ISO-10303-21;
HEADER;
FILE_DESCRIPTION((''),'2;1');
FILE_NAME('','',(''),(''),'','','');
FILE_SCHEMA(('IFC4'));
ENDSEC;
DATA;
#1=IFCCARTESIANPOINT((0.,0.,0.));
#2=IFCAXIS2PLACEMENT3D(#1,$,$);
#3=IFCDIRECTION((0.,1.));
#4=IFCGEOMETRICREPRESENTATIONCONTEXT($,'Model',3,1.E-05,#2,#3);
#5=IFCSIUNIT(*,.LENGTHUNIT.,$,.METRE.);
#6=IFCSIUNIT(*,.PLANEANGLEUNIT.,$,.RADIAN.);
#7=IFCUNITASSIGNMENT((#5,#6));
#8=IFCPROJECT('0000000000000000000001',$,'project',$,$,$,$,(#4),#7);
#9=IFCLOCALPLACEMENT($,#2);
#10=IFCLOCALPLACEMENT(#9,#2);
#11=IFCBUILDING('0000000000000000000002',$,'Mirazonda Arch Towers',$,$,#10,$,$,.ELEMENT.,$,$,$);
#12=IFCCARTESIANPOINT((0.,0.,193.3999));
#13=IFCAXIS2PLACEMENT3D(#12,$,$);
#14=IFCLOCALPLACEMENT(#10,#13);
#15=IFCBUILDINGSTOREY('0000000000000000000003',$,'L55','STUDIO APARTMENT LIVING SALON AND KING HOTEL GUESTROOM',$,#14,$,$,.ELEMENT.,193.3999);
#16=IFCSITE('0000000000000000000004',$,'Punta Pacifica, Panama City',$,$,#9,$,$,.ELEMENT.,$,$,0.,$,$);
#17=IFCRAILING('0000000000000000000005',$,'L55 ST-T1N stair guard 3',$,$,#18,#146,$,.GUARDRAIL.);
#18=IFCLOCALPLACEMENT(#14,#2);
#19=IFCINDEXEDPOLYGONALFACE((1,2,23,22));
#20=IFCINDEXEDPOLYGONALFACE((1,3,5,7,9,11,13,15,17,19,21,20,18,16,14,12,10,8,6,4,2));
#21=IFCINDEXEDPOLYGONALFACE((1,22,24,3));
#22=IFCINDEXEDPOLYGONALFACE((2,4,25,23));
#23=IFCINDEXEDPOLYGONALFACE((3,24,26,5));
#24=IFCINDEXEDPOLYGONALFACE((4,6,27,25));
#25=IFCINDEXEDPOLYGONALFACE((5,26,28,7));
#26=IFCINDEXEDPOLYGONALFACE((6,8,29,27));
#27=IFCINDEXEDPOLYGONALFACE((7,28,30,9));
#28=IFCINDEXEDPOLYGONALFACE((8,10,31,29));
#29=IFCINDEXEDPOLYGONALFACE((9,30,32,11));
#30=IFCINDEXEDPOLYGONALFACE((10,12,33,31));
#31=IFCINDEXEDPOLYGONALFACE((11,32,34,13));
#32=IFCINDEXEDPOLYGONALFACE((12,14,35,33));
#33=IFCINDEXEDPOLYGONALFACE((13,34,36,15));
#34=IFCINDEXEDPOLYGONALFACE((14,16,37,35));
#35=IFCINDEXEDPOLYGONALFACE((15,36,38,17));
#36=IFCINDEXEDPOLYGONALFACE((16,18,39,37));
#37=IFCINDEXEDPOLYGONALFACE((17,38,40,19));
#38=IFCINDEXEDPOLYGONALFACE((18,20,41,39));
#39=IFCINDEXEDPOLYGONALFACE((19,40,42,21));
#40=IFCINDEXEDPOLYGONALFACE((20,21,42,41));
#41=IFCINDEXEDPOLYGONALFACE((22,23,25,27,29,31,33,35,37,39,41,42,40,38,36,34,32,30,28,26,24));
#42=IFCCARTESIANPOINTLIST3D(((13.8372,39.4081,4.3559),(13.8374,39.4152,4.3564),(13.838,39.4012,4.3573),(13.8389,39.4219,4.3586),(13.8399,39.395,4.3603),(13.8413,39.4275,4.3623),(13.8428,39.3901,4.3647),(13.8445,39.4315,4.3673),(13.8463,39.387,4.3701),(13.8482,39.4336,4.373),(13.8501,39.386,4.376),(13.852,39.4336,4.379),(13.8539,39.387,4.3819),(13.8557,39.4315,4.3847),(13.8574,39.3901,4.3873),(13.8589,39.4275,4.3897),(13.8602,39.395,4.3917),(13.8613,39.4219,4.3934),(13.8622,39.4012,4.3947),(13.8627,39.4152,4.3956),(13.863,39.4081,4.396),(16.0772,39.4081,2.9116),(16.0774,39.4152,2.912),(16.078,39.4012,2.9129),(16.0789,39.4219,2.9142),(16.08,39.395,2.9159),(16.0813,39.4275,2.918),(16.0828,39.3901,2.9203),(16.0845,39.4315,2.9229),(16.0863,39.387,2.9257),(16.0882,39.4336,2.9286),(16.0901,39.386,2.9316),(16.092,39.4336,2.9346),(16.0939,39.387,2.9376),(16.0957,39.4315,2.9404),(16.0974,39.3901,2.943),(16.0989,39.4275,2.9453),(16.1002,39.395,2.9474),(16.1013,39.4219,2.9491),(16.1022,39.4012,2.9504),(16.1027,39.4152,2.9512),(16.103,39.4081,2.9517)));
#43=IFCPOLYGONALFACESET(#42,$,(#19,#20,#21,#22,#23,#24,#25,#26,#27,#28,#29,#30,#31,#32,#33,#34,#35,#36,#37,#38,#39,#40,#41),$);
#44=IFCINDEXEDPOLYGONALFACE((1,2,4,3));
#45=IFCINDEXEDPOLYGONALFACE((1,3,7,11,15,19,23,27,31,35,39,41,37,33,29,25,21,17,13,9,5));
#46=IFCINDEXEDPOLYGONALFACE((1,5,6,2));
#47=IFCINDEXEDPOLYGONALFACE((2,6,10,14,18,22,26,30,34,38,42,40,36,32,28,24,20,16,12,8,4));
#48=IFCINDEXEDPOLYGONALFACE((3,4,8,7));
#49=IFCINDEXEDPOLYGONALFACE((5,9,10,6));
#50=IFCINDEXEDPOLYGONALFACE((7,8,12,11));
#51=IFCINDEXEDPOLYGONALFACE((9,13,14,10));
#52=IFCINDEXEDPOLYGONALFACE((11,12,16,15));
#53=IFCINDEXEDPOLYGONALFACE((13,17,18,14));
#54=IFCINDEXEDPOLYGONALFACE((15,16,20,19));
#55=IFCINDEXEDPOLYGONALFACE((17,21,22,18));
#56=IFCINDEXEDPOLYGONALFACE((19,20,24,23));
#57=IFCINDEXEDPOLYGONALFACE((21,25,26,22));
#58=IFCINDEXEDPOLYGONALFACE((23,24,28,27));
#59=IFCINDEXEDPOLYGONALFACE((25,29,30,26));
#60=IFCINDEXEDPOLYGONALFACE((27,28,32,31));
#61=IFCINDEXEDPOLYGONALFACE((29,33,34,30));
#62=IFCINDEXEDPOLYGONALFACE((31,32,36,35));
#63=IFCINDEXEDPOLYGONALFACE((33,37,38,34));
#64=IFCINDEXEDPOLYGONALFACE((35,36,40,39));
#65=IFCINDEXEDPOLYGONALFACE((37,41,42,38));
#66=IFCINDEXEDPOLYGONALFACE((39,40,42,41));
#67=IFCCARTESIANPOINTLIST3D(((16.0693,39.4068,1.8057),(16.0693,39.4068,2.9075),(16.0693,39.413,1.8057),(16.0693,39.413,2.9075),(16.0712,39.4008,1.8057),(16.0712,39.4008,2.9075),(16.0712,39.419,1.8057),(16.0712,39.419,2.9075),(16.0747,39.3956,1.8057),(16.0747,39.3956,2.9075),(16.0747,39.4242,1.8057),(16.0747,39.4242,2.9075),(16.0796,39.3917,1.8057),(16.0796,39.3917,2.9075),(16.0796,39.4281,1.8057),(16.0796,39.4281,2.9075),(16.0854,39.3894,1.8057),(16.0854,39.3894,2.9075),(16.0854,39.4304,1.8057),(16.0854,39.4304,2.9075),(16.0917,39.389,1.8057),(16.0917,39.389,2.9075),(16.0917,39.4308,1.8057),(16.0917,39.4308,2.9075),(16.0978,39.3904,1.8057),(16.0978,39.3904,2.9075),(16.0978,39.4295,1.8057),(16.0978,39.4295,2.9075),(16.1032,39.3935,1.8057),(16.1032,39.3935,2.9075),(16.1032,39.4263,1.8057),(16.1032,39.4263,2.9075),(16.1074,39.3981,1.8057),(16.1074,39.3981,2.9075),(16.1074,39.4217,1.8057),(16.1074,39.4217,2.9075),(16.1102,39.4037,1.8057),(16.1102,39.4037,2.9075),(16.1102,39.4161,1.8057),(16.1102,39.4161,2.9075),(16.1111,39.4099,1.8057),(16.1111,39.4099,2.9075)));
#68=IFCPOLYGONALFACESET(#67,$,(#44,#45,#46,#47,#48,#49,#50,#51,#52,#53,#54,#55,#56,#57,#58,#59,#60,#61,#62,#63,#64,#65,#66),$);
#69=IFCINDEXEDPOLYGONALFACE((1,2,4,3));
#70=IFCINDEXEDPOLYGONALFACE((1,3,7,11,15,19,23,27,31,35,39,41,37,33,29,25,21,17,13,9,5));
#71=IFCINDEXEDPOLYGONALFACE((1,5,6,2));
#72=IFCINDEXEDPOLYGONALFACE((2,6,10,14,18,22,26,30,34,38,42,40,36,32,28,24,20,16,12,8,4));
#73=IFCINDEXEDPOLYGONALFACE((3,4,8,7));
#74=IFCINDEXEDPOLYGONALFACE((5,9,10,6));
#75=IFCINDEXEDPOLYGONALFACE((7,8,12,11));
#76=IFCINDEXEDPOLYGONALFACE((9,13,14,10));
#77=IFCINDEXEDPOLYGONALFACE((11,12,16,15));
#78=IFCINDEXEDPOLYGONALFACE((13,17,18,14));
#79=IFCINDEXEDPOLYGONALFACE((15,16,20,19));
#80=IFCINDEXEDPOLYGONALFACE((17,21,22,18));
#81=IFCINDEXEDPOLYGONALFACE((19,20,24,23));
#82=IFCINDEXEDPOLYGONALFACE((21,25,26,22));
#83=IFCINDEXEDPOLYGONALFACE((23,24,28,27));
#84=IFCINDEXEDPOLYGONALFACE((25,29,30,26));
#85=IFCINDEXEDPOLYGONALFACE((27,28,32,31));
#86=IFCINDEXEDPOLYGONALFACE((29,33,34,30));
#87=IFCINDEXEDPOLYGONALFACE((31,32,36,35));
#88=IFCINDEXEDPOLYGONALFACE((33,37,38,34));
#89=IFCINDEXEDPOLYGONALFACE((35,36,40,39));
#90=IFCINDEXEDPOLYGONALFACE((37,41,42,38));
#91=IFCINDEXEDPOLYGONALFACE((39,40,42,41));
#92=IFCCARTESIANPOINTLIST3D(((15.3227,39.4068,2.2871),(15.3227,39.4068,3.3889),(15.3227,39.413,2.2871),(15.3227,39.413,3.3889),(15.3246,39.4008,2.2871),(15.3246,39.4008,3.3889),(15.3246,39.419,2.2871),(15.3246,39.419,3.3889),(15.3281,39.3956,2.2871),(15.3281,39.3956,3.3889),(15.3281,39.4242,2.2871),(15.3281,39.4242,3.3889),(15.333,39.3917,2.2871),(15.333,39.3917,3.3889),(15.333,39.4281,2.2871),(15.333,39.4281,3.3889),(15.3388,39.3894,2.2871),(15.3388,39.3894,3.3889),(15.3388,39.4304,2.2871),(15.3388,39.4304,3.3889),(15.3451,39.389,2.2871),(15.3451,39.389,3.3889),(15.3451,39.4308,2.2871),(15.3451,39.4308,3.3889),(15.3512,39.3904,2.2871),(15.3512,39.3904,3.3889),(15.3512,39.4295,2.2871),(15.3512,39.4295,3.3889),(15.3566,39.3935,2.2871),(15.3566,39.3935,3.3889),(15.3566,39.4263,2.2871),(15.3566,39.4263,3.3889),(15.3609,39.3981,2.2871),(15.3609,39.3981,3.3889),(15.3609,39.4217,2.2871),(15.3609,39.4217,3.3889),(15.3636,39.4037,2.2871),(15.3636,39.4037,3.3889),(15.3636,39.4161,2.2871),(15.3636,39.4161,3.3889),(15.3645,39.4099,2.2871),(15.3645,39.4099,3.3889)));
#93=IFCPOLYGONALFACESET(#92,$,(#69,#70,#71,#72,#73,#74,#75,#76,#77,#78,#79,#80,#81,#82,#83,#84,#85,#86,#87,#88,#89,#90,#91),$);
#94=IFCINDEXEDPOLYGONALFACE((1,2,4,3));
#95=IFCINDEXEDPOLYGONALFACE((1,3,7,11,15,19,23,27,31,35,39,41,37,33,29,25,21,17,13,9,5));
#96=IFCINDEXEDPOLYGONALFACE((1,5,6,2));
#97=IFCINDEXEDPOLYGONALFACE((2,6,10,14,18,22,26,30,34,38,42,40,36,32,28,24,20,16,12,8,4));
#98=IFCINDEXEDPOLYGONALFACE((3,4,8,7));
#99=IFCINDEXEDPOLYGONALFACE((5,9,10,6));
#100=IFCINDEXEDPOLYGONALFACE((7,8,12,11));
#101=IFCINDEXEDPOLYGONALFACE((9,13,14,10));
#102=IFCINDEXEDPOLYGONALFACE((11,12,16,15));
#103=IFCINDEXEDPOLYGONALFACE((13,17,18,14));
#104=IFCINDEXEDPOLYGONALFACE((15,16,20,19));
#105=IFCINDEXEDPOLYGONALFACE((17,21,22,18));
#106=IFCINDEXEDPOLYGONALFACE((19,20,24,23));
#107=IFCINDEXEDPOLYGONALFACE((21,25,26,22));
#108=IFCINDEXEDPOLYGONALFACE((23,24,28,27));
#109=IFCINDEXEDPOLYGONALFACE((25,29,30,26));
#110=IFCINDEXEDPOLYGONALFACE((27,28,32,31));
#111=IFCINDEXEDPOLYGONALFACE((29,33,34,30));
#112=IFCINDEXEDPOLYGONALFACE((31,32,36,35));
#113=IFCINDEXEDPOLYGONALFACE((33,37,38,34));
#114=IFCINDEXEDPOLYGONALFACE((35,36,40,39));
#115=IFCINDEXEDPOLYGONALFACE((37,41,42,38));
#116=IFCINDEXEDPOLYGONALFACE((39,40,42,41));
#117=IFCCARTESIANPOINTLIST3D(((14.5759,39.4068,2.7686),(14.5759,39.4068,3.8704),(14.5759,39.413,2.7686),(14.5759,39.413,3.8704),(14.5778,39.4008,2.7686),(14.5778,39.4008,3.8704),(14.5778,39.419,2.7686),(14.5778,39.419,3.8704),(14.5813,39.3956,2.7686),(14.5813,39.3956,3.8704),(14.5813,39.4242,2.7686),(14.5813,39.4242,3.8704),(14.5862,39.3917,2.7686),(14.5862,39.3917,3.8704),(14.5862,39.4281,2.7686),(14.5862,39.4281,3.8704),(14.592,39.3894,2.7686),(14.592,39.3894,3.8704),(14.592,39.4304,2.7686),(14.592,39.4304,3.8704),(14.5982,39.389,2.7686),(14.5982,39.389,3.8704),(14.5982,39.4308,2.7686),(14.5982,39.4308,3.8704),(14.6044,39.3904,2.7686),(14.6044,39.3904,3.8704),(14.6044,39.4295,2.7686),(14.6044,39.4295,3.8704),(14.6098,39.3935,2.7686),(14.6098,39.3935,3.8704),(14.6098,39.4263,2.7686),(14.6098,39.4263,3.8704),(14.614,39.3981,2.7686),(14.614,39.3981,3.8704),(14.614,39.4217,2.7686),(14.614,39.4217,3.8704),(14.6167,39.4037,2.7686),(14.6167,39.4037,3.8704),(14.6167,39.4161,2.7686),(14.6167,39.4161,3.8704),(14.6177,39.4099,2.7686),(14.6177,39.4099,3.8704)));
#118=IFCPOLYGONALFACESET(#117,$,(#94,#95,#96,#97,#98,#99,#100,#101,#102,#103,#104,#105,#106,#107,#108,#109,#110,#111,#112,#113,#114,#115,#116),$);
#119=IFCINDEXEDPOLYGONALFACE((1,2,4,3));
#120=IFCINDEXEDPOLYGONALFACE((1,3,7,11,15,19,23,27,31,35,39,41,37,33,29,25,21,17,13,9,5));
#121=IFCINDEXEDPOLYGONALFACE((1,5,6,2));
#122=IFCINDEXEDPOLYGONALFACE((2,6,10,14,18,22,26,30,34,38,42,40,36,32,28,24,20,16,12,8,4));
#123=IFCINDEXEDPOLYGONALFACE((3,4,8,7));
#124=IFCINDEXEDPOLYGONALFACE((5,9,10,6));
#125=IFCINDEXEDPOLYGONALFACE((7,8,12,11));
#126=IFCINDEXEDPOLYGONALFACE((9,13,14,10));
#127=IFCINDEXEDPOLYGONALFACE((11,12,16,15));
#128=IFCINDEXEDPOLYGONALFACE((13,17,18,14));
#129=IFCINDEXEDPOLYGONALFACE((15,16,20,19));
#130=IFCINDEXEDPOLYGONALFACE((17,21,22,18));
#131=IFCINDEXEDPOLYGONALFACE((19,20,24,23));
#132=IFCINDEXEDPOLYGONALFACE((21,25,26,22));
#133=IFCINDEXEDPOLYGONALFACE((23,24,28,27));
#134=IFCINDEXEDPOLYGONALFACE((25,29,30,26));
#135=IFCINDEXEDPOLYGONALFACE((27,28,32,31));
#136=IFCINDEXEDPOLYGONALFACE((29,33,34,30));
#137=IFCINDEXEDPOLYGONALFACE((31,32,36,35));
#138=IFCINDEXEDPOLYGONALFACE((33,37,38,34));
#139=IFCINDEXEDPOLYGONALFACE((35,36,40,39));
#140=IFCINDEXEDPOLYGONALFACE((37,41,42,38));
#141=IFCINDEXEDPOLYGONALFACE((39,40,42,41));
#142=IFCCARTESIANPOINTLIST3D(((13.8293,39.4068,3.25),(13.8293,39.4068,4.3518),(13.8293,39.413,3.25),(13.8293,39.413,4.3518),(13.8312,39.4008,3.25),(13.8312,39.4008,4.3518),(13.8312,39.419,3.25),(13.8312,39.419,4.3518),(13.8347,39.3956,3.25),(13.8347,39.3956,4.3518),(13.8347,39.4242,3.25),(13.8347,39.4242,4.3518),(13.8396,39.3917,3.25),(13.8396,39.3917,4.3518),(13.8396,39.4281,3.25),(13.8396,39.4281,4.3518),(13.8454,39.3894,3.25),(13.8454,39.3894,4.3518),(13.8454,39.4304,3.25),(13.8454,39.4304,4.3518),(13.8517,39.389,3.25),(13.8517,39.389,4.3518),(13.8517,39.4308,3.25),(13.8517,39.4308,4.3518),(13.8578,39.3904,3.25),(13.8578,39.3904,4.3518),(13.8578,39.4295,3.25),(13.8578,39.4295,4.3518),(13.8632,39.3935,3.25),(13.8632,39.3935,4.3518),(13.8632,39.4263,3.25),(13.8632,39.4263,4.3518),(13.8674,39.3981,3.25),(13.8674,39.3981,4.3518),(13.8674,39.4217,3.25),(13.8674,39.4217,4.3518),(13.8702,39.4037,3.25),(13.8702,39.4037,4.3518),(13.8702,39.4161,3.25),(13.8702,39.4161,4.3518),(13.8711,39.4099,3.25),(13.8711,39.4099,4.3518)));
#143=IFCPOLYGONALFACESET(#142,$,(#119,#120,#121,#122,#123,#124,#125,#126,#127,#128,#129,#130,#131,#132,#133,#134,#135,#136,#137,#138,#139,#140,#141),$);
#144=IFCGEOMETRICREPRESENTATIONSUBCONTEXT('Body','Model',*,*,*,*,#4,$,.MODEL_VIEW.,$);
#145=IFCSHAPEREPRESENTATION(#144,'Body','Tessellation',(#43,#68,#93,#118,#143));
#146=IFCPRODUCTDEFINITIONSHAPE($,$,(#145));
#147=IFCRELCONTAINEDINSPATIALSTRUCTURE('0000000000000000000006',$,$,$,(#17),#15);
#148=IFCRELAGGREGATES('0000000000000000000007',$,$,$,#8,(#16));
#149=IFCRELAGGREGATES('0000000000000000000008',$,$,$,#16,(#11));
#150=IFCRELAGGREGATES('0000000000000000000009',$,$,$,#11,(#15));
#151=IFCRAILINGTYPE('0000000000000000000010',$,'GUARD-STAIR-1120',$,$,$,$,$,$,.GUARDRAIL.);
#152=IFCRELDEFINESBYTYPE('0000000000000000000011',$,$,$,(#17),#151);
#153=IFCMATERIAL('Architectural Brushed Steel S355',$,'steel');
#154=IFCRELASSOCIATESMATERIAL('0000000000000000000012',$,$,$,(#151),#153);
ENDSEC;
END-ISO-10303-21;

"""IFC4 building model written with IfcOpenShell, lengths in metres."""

from ifc_helpers import new_model, si_unit, direction, frame, origin, origin_2d, place, context, subcontext, project, spatial, circle, extrude, material, type_object, element, save


model = new_model("IFC4")

# Units and contexts
model_context = context("Model", 3, precision=1e-05, world=origin(), true_north=direction((0.0, 1.0)))
body_context = subcontext(model_context, "Body", "Model", "MODEL_VIEW")
ifc_project = project(units=[si_unit("LENGTHUNIT", "METRE"), si_unit("PLANEANGLEUNIT", "RADIAN")], contexts=[model_context])

# Site, building, storey
site_placement = place(None, origin())
site = spatial("IfcSite", under=ifc_project, at=site_placement, Name="Punta Pacifica, Panama City", CompositionType="ELEMENT", RefElevation=0.0)
building_placement = place(site_placement, origin())
building = spatial("IfcBuilding", under=site, at=building_placement, Name="Mirazonda Arch Towers", CompositionType="ELEMENT")
storey_placement = place(building_placement, frame((0.0, 0.0, 193.3999)))
storey = spatial("IfcBuildingStorey", under=building, at=storey_placement, Name="L55", Description="STUDIO APARTMENT LIVING SALON AND KING HOTEL GUESTROOM", CompositionType="ELEMENT", Elevation=193.3999)

# Shared definitions
ifc_material_1 = material(Name="Architectural Brushed Steel S355", Category="steel")

# Railing
railing_type = type_object("IfcRailingType", Name="GUARD-STAIR-1120", PredefinedType="GUARDRAIL", material=ifc_material_1)
railing_1_placement = place(storey_placement, frame((16.0901, 39.4099, 1.8057)))
element("IfcRailing", 1, at=railing_1_placement, inside=storey, type_object=railing_type, Name="L55 ST-T1N stair guard 3", PredefinedType="GUARDRAIL", context=body_context, shape_type="SweptSolid", body=[
    extrude(circle(Radius=0.0239, at=origin_2d()), frame((0.0, 0.0, 1.126), z_axis=(-0.840437, 0.0, 0.54191), x_axis=(0.0, -1.0, 0.0)), (0.0, 0.0, 1.0), 2.6653),
    extrude(circle(Radius=0.021, at=origin_2d()), origin(), (0.0, 0.0, 1.0), 1.1018),
    extrude(circle(Radius=0.021, at=origin_2d()), frame((-0.7466, 0.0, 0.4814)), (0.0, 0.0, 1.0), 1.1018),
    extrude(circle(Radius=0.021, at=origin_2d()), frame((-1.4934, 0.0, 0.9629)), (0.0, 0.0, 1.0), 1.1018),
    extrude(circle(Radius=0.021, at=origin_2d()), frame((-2.24, 0.0, 1.4443)), (0.0, 0.0, 1.0), 1.1018),
])

save(model, "model.ifc")
